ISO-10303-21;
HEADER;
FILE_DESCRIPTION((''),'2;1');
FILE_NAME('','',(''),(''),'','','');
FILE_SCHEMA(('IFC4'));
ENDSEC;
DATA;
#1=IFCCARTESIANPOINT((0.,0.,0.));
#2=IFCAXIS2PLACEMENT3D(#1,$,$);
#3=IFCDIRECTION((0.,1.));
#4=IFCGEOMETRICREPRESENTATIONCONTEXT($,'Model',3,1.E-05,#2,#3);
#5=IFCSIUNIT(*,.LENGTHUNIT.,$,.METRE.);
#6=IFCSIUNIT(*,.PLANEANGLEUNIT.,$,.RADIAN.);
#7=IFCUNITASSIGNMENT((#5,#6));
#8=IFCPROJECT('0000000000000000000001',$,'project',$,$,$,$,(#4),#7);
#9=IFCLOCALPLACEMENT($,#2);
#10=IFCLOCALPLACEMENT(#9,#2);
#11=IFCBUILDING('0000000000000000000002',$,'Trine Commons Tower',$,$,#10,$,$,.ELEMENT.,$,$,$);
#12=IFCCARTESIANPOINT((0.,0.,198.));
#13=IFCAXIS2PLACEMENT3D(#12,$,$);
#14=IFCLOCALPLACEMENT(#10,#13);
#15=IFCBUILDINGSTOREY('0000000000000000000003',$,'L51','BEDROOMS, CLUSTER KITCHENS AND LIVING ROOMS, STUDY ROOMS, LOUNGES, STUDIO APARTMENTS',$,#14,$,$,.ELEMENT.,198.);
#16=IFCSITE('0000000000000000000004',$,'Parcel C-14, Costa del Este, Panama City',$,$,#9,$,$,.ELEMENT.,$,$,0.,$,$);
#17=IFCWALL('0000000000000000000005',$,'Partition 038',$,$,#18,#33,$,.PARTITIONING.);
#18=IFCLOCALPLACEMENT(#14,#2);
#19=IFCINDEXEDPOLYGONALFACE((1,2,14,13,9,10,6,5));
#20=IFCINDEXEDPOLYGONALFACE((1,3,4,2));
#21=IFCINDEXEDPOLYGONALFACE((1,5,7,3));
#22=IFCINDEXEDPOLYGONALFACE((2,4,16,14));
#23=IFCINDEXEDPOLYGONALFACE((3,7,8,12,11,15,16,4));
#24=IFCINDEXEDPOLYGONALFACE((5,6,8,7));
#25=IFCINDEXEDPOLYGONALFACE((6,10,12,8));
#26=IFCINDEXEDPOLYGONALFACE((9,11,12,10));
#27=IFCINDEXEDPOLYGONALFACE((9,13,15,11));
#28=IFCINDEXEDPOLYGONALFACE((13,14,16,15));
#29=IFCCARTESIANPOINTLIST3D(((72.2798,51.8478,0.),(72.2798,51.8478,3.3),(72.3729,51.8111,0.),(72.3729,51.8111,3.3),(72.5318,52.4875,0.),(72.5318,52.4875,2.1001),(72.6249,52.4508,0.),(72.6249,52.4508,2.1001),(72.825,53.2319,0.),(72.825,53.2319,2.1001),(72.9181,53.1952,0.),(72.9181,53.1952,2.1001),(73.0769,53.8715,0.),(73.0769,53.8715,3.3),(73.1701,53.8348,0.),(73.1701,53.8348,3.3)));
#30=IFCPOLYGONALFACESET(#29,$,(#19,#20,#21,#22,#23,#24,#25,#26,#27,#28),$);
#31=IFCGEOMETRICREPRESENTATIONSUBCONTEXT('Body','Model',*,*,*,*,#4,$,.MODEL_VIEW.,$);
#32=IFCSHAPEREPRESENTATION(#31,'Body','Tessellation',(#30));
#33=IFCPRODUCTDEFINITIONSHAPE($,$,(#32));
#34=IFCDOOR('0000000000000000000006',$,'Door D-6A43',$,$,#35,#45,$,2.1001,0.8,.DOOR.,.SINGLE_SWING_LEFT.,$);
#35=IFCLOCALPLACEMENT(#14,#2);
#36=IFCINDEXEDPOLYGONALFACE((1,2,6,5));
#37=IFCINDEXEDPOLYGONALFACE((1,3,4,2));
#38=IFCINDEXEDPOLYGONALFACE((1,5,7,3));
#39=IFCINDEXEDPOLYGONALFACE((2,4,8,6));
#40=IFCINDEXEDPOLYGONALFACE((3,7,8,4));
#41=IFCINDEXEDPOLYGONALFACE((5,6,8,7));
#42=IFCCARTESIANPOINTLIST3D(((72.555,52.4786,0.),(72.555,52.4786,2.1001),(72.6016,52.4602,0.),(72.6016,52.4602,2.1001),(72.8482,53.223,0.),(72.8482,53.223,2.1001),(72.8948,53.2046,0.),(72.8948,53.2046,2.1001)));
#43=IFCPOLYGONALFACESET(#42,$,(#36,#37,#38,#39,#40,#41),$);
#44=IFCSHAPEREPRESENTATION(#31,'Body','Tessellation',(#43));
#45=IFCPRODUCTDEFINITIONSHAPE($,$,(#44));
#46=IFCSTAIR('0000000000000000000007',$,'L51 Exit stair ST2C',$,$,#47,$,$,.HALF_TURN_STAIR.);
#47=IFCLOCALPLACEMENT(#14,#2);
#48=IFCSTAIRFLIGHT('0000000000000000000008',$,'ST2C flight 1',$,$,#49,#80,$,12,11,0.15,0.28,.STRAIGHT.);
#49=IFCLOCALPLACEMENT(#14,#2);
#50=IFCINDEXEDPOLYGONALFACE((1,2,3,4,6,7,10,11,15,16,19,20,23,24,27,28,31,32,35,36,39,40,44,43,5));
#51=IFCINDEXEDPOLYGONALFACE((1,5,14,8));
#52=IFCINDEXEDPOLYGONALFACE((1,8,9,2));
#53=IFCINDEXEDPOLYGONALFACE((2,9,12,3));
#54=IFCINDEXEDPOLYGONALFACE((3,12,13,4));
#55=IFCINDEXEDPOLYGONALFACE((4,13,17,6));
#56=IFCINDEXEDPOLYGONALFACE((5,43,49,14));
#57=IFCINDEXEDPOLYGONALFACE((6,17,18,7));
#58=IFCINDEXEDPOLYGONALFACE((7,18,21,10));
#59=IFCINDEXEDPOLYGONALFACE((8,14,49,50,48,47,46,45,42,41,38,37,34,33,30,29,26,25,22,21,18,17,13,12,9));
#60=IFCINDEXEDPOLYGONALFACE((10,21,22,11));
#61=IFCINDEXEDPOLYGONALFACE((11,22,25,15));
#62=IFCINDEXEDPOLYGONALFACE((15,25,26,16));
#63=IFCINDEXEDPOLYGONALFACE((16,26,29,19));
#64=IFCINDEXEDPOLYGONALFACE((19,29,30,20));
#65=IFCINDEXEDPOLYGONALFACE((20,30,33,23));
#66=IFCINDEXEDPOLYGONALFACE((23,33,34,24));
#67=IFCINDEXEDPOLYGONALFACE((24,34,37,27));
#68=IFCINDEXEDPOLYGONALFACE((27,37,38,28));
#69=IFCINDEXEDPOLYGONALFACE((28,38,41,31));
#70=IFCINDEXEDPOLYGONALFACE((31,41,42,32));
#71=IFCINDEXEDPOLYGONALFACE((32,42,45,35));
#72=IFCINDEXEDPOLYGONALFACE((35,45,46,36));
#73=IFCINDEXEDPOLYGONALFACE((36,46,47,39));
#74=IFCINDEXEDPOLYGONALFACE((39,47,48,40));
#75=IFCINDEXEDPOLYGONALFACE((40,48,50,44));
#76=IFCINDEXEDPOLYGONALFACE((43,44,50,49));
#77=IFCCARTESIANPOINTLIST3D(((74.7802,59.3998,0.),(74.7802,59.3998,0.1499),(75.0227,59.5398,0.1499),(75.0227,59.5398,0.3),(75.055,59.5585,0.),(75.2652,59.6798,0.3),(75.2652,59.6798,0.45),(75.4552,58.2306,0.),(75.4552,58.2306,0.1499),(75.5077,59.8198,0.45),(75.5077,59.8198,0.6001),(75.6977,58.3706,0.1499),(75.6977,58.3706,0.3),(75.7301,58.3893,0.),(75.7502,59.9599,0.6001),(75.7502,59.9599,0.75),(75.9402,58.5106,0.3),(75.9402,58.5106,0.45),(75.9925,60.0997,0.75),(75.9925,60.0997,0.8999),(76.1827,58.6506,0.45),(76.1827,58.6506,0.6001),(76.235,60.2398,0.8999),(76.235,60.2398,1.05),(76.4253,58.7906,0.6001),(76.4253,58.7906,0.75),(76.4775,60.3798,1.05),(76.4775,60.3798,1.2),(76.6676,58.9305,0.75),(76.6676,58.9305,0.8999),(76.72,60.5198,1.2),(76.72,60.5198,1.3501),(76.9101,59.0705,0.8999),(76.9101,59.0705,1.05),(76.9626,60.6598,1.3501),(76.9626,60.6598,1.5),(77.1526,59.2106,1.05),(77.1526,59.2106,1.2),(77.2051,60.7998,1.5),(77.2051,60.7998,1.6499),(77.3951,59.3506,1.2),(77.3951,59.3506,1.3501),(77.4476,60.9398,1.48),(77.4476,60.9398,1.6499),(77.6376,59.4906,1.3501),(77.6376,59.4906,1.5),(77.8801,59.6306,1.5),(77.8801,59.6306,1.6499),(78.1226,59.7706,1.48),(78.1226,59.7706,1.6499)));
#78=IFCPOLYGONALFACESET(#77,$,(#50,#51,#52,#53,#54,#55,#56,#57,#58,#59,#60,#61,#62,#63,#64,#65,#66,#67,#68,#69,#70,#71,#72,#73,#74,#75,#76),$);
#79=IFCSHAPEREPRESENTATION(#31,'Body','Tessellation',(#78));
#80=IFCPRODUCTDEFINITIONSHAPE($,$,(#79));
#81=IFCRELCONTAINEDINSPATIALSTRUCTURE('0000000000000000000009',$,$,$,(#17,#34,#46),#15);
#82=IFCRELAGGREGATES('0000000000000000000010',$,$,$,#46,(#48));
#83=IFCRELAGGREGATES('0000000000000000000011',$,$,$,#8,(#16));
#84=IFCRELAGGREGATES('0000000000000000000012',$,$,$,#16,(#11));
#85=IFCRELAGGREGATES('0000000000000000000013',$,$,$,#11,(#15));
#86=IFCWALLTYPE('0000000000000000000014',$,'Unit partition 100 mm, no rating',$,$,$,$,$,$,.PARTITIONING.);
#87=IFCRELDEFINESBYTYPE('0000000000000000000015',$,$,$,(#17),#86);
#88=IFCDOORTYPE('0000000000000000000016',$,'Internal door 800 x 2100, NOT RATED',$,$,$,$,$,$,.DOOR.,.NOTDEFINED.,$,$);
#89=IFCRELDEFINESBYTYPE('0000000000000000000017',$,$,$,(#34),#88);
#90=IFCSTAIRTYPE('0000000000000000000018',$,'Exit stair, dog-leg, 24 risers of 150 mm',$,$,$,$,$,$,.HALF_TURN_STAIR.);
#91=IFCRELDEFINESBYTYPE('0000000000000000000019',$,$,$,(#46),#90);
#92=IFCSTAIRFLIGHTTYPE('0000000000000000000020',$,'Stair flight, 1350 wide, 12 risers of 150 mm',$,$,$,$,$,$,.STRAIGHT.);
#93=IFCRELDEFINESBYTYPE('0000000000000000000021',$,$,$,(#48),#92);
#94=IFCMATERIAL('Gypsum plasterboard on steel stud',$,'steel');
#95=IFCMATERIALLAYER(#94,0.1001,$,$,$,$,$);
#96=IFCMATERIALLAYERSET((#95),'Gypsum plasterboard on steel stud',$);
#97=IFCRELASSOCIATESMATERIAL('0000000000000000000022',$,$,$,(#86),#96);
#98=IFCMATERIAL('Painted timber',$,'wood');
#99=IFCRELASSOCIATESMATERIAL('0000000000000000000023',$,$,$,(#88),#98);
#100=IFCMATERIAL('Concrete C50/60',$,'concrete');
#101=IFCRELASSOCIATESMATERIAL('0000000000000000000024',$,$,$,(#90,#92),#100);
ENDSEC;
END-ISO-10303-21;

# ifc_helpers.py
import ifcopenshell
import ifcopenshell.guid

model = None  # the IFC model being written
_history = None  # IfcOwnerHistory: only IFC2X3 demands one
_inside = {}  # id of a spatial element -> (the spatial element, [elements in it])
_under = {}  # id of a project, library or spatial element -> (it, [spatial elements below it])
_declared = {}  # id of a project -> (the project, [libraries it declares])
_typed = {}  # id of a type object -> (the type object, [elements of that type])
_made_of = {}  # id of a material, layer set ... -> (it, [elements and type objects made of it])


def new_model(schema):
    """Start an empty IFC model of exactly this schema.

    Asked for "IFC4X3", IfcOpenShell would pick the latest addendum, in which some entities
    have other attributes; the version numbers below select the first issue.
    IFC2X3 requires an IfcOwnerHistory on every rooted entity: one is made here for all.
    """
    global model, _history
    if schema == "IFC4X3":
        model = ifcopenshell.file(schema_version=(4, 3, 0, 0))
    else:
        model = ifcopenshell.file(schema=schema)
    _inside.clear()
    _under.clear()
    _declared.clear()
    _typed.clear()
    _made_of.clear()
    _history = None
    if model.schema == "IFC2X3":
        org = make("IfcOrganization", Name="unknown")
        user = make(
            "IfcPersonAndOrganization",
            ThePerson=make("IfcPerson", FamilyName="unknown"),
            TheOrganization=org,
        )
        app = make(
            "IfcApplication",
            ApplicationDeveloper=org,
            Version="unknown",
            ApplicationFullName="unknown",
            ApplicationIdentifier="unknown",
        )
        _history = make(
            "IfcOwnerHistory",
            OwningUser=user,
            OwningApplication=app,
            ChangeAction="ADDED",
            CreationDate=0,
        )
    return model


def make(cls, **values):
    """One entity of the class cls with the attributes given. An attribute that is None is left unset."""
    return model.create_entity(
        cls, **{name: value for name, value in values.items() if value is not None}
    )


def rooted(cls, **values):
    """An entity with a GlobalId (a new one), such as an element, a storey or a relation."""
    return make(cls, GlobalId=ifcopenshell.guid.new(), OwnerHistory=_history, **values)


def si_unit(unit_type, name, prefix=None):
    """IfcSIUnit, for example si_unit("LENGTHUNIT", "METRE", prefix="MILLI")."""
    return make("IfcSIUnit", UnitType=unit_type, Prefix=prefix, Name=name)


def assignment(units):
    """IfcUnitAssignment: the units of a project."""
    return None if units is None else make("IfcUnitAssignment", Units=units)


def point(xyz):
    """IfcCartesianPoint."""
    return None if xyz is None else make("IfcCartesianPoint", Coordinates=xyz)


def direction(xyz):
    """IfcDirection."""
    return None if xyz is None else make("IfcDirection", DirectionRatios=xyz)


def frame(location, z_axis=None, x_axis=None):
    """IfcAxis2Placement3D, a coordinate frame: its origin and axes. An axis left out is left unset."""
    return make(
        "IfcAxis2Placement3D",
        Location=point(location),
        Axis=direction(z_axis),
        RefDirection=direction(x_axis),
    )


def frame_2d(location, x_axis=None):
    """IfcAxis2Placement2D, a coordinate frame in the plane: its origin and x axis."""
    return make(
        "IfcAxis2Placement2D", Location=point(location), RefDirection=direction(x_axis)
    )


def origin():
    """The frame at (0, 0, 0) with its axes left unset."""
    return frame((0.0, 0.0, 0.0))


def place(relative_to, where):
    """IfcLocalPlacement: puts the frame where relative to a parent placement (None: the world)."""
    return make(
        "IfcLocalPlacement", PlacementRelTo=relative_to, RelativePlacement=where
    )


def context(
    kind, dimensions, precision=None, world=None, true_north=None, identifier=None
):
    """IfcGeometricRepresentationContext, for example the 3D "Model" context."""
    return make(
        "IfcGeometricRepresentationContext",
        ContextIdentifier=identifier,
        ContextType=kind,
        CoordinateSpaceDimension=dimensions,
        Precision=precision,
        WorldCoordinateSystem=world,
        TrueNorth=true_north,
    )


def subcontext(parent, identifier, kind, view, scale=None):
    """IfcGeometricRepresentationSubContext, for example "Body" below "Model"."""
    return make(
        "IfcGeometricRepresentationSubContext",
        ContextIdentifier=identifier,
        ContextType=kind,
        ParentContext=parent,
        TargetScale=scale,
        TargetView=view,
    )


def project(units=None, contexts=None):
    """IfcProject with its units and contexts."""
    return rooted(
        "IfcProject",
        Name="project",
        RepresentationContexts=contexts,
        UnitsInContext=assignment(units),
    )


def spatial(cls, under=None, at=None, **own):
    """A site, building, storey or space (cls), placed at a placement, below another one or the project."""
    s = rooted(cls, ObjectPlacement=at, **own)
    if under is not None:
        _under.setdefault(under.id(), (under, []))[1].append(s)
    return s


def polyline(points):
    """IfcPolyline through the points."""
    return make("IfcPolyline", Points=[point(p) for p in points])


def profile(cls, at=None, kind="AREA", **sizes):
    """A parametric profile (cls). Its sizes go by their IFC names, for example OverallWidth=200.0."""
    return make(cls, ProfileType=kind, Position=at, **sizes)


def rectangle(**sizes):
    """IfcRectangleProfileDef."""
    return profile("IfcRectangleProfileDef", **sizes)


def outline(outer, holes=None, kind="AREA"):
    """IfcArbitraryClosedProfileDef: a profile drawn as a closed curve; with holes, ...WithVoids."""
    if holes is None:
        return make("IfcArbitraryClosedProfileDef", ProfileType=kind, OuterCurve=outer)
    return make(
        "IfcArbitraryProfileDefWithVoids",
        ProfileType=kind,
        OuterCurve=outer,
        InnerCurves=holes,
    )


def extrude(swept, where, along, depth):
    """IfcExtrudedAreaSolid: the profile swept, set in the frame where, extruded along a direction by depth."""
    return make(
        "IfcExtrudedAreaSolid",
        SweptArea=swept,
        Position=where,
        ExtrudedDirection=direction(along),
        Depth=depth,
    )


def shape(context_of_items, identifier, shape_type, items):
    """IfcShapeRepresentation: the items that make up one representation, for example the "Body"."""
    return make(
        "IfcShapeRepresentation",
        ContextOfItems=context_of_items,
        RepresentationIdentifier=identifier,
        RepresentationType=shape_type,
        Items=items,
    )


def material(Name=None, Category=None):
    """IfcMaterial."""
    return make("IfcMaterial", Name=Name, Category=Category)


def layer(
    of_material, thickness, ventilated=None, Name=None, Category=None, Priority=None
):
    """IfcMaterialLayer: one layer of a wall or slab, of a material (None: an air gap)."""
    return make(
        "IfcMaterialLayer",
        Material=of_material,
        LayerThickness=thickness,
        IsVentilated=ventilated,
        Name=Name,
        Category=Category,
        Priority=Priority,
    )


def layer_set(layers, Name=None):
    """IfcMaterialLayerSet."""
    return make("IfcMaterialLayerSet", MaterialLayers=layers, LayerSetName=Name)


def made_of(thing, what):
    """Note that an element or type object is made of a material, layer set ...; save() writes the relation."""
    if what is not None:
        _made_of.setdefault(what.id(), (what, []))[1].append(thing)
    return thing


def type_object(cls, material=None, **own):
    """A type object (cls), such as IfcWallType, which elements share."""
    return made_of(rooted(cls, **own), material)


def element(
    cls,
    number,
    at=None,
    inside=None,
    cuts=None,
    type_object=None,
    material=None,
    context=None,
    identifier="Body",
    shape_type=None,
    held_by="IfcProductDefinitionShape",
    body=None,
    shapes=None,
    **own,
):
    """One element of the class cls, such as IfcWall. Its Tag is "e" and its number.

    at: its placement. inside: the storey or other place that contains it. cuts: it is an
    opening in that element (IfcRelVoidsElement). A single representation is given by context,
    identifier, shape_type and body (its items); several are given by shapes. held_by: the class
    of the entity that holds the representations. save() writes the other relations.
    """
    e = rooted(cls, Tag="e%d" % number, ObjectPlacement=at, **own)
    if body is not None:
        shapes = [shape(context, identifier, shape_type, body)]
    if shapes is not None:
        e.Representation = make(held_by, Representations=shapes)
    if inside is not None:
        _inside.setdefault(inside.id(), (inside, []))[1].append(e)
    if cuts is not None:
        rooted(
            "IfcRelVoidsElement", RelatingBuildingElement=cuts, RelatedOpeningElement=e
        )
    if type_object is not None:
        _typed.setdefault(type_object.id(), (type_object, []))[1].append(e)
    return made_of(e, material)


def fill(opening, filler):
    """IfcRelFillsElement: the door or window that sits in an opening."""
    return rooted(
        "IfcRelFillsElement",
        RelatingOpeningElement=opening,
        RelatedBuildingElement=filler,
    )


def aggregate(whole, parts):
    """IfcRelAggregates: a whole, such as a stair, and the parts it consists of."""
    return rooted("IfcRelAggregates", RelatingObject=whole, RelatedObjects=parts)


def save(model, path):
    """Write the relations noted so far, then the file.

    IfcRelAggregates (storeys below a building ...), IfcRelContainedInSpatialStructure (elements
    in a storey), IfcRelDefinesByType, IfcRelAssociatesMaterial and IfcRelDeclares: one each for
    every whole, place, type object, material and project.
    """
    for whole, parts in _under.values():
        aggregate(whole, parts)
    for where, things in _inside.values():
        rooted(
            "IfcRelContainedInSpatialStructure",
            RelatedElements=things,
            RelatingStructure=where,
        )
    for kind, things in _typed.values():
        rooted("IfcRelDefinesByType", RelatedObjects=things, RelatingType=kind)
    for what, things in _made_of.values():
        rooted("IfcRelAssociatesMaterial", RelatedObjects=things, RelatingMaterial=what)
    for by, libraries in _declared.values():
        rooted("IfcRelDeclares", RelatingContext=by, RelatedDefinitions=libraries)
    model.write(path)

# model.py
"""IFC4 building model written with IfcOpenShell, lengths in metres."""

from ifc_helpers import new_model, si_unit, direction, frame, frame_2d, origin, place, context, subcontext, project, spatial, polyline, rectangle, outline, extrude, material, layer, layer_set, type_object, element, fill, aggregate, save


model = new_model("IFC4")

# Units and contexts
model_context = context("Model", 3, precision=1e-05, world=origin(), true_north=direction((0.0, 1.0)))
body_context = subcontext(model_context, "Body", "Model", "MODEL_VIEW")
ifc_project = project(units=[si_unit("LENGTHUNIT", "METRE"), si_unit("PLANEANGLEUNIT", "RADIAN")], contexts=[model_context])

# Site, building, storey
site_placement = place(None, origin())
site = spatial("IfcSite", under=ifc_project, at=site_placement, Name="Parcel C-14, Costa del Este, Panama City", CompositionType="ELEMENT", RefElevation=0.0)
building_placement = place(site_placement, origin())
building = spatial("IfcBuilding", under=site, at=building_placement, Name="Trine Commons Tower", CompositionType="ELEMENT")
storey_placement = place(building_placement, frame((0.0, 0.0, 198.0)))
storey = spatial("IfcBuildingStorey", under=building, at=storey_placement, Name="L51", Description="BEDROOMS, CLUSTER KITCHENS AND LIVING ROOMS, STUDY ROOMS, LOUNGES, STUDIO APARTMENTS", CompositionType="ELEMENT", Elevation=198.0)

# Shared definitions
ifc_material_1 = material(Name="Gypsum plasterboard on steel stud", Category="steel")

# Shared definitions
ifc_layer_1 = layer(ifc_material_1, 0.1001)
ifc_layer_set_1 = layer_set([ifc_layer_1], Name="Gypsum plasterboard on steel stud")
wall_type_1 = type_object("IfcWallType", Name="Unit partition 100 mm, no rating", PredefinedType="PARTITIONING", material=ifc_layer_set_1)
ifc_material_2 = material(Name="Painted timber", Category="wood")
door_type_1 = type_object("IfcDoorType", Name="Internal door 800 x 2100, NOT RATED", OperationType="NOTDEFINED", PredefinedType="DOOR", material=ifc_material_2)

# Wall, opening, door
wall_1_placement = place(storey_placement, frame((72.3264, 51.8296, 0.0), z_axis=(0.0, 0.0, 1.0), x_axis=(0.366489, 0.930422, 0.0)))
wall_1 = element("IfcWall", 1, at=wall_1_placement, inside=storey, type_object=wall_type_1, Name="Partition 038", PredefinedType="PARTITIONING", context=body_context, shape_type="SweptSolid", body=[
    extrude(rectangle(XDim=2.175, YDim=0.1001, at=frame_2d((1.0874, 0.0))), origin(), (0.0, 0.0, 1.0), 3.3),
])
opening_1_placement = place(wall_1_placement, frame((0.6875, 0.0, 0.0)))
opening_1 = element("IfcOpeningElement", 2, at=opening_1_placement, cuts=wall_1, PredefinedType="OPENING", context=body_context, shape_type="SweptSolid", body=[
    extrude(rectangle(XDim=0.8, YDim=2.1001, at=frame_2d((0.3999, 1.05))), frame((0.0, 0.0601, 0.0), z_axis=(0.0, -1.0, 0.0), x_axis=(1.0, 0.0, 0.0)), (0.0, 0.0, 1.0), 0.1201),
])
door_1_placement = place(opening_1_placement, frame((0.8, 0.0, 0.0), z_axis=(0.0, 0.0, 1.0), x_axis=(-1.0, 0.0, 0.0)))
door_1 = element("IfcDoor", 3, at=door_1_placement, inside=storey, type_object=door_type_1, Name="Door D-6A43", OperationType="SINGLE_SWING_LEFT", OverallHeight=2.1001, OverallWidth=0.8, PredefinedType="DOOR", context=body_context, shape_type="SweptSolid", body=[
    extrude(rectangle(XDim=0.8, YDim=2.1001, at=frame_2d((0.3999, 1.05))), frame((0.0, 0.0249, 0.0), z_axis=(0.0, -1.0, 0.0), x_axis=(1.0, 0.0, 0.0)), (0.0, 0.0, 1.0), 0.05),
])
fill(opening_1, door_1)

# Stair, stair flight
ifc_material_3 = material(Name="Concrete C50/60", Category="concrete")
stair_type = type_object("IfcStairType", Name="Exit stair, dog-leg, 24 risers of 150 mm", PredefinedType="HALF_TURN_STAIR", material=ifc_material_3)
stair_placement = place(storey_placement, origin())
stair = element("IfcStair", 4, at=stair_placement, inside=storey, type_object=stair_type, Name="L51 Exit stair ST2C", PredefinedType="HALF_TURN_STAIR")
stair_flight_type = type_object("IfcStairFlightType", Name="Stair flight, 1350 wide, 12 risers of 150 mm", PredefinedType="STRAIGHT", material=ifc_material_3)
stair_flight_placement = place(storey_placement, frame((75.1177, 58.8152, 0.0), z_axis=(0.0, 0.0, 1.0), x_axis=(0.866025, 0.5, 0.0)))
stair_flight = element("IfcStairFlight", 5, at=stair_flight_placement, type_object=stair_flight_type, Name="ST2C flight 1", NumberOfRisers=12, NumberOfTreads=11, PredefinedType="STRAIGHT", RiserHeight=0.15, TreadLength=0.28, context=body_context, shape_type="SweptSolid", body=[
    extrude(outline(polyline([(0.0, 0.0), (0.0, 0.1499), (0.28, 0.1499), (0.28, 0.3), (0.5601, 0.3), (0.5601, 0.45), (0.8401, 0.45), (0.8401, 0.6001), (1.1201, 0.6001), (1.1201, 0.75), (1.3999, 0.75), (1.3999, 0.8999), (1.6799, 0.8999), (1.6799, 1.05), (1.96, 1.05), (1.96, 1.2), (2.24, 1.2), (2.24, 1.3501), (2.52, 1.3501), (2.52, 1.5), (2.8, 1.5), (2.8, 1.6499), (3.0801, 1.6499), (3.0801, 1.8), (3.0801, 1.48), (0.3174, 0.0), (0.0, 0.0)])), frame((0.0, 0.675, 0.0), z_axis=(0.0, -1.0, 0.0), x_axis=(1.0, 0.0, 0.0)), (0.0, 0.0, 1.0), 1.3501),
])
aggregate(stair, [stair_flight])

save(model, "model.ifc")
